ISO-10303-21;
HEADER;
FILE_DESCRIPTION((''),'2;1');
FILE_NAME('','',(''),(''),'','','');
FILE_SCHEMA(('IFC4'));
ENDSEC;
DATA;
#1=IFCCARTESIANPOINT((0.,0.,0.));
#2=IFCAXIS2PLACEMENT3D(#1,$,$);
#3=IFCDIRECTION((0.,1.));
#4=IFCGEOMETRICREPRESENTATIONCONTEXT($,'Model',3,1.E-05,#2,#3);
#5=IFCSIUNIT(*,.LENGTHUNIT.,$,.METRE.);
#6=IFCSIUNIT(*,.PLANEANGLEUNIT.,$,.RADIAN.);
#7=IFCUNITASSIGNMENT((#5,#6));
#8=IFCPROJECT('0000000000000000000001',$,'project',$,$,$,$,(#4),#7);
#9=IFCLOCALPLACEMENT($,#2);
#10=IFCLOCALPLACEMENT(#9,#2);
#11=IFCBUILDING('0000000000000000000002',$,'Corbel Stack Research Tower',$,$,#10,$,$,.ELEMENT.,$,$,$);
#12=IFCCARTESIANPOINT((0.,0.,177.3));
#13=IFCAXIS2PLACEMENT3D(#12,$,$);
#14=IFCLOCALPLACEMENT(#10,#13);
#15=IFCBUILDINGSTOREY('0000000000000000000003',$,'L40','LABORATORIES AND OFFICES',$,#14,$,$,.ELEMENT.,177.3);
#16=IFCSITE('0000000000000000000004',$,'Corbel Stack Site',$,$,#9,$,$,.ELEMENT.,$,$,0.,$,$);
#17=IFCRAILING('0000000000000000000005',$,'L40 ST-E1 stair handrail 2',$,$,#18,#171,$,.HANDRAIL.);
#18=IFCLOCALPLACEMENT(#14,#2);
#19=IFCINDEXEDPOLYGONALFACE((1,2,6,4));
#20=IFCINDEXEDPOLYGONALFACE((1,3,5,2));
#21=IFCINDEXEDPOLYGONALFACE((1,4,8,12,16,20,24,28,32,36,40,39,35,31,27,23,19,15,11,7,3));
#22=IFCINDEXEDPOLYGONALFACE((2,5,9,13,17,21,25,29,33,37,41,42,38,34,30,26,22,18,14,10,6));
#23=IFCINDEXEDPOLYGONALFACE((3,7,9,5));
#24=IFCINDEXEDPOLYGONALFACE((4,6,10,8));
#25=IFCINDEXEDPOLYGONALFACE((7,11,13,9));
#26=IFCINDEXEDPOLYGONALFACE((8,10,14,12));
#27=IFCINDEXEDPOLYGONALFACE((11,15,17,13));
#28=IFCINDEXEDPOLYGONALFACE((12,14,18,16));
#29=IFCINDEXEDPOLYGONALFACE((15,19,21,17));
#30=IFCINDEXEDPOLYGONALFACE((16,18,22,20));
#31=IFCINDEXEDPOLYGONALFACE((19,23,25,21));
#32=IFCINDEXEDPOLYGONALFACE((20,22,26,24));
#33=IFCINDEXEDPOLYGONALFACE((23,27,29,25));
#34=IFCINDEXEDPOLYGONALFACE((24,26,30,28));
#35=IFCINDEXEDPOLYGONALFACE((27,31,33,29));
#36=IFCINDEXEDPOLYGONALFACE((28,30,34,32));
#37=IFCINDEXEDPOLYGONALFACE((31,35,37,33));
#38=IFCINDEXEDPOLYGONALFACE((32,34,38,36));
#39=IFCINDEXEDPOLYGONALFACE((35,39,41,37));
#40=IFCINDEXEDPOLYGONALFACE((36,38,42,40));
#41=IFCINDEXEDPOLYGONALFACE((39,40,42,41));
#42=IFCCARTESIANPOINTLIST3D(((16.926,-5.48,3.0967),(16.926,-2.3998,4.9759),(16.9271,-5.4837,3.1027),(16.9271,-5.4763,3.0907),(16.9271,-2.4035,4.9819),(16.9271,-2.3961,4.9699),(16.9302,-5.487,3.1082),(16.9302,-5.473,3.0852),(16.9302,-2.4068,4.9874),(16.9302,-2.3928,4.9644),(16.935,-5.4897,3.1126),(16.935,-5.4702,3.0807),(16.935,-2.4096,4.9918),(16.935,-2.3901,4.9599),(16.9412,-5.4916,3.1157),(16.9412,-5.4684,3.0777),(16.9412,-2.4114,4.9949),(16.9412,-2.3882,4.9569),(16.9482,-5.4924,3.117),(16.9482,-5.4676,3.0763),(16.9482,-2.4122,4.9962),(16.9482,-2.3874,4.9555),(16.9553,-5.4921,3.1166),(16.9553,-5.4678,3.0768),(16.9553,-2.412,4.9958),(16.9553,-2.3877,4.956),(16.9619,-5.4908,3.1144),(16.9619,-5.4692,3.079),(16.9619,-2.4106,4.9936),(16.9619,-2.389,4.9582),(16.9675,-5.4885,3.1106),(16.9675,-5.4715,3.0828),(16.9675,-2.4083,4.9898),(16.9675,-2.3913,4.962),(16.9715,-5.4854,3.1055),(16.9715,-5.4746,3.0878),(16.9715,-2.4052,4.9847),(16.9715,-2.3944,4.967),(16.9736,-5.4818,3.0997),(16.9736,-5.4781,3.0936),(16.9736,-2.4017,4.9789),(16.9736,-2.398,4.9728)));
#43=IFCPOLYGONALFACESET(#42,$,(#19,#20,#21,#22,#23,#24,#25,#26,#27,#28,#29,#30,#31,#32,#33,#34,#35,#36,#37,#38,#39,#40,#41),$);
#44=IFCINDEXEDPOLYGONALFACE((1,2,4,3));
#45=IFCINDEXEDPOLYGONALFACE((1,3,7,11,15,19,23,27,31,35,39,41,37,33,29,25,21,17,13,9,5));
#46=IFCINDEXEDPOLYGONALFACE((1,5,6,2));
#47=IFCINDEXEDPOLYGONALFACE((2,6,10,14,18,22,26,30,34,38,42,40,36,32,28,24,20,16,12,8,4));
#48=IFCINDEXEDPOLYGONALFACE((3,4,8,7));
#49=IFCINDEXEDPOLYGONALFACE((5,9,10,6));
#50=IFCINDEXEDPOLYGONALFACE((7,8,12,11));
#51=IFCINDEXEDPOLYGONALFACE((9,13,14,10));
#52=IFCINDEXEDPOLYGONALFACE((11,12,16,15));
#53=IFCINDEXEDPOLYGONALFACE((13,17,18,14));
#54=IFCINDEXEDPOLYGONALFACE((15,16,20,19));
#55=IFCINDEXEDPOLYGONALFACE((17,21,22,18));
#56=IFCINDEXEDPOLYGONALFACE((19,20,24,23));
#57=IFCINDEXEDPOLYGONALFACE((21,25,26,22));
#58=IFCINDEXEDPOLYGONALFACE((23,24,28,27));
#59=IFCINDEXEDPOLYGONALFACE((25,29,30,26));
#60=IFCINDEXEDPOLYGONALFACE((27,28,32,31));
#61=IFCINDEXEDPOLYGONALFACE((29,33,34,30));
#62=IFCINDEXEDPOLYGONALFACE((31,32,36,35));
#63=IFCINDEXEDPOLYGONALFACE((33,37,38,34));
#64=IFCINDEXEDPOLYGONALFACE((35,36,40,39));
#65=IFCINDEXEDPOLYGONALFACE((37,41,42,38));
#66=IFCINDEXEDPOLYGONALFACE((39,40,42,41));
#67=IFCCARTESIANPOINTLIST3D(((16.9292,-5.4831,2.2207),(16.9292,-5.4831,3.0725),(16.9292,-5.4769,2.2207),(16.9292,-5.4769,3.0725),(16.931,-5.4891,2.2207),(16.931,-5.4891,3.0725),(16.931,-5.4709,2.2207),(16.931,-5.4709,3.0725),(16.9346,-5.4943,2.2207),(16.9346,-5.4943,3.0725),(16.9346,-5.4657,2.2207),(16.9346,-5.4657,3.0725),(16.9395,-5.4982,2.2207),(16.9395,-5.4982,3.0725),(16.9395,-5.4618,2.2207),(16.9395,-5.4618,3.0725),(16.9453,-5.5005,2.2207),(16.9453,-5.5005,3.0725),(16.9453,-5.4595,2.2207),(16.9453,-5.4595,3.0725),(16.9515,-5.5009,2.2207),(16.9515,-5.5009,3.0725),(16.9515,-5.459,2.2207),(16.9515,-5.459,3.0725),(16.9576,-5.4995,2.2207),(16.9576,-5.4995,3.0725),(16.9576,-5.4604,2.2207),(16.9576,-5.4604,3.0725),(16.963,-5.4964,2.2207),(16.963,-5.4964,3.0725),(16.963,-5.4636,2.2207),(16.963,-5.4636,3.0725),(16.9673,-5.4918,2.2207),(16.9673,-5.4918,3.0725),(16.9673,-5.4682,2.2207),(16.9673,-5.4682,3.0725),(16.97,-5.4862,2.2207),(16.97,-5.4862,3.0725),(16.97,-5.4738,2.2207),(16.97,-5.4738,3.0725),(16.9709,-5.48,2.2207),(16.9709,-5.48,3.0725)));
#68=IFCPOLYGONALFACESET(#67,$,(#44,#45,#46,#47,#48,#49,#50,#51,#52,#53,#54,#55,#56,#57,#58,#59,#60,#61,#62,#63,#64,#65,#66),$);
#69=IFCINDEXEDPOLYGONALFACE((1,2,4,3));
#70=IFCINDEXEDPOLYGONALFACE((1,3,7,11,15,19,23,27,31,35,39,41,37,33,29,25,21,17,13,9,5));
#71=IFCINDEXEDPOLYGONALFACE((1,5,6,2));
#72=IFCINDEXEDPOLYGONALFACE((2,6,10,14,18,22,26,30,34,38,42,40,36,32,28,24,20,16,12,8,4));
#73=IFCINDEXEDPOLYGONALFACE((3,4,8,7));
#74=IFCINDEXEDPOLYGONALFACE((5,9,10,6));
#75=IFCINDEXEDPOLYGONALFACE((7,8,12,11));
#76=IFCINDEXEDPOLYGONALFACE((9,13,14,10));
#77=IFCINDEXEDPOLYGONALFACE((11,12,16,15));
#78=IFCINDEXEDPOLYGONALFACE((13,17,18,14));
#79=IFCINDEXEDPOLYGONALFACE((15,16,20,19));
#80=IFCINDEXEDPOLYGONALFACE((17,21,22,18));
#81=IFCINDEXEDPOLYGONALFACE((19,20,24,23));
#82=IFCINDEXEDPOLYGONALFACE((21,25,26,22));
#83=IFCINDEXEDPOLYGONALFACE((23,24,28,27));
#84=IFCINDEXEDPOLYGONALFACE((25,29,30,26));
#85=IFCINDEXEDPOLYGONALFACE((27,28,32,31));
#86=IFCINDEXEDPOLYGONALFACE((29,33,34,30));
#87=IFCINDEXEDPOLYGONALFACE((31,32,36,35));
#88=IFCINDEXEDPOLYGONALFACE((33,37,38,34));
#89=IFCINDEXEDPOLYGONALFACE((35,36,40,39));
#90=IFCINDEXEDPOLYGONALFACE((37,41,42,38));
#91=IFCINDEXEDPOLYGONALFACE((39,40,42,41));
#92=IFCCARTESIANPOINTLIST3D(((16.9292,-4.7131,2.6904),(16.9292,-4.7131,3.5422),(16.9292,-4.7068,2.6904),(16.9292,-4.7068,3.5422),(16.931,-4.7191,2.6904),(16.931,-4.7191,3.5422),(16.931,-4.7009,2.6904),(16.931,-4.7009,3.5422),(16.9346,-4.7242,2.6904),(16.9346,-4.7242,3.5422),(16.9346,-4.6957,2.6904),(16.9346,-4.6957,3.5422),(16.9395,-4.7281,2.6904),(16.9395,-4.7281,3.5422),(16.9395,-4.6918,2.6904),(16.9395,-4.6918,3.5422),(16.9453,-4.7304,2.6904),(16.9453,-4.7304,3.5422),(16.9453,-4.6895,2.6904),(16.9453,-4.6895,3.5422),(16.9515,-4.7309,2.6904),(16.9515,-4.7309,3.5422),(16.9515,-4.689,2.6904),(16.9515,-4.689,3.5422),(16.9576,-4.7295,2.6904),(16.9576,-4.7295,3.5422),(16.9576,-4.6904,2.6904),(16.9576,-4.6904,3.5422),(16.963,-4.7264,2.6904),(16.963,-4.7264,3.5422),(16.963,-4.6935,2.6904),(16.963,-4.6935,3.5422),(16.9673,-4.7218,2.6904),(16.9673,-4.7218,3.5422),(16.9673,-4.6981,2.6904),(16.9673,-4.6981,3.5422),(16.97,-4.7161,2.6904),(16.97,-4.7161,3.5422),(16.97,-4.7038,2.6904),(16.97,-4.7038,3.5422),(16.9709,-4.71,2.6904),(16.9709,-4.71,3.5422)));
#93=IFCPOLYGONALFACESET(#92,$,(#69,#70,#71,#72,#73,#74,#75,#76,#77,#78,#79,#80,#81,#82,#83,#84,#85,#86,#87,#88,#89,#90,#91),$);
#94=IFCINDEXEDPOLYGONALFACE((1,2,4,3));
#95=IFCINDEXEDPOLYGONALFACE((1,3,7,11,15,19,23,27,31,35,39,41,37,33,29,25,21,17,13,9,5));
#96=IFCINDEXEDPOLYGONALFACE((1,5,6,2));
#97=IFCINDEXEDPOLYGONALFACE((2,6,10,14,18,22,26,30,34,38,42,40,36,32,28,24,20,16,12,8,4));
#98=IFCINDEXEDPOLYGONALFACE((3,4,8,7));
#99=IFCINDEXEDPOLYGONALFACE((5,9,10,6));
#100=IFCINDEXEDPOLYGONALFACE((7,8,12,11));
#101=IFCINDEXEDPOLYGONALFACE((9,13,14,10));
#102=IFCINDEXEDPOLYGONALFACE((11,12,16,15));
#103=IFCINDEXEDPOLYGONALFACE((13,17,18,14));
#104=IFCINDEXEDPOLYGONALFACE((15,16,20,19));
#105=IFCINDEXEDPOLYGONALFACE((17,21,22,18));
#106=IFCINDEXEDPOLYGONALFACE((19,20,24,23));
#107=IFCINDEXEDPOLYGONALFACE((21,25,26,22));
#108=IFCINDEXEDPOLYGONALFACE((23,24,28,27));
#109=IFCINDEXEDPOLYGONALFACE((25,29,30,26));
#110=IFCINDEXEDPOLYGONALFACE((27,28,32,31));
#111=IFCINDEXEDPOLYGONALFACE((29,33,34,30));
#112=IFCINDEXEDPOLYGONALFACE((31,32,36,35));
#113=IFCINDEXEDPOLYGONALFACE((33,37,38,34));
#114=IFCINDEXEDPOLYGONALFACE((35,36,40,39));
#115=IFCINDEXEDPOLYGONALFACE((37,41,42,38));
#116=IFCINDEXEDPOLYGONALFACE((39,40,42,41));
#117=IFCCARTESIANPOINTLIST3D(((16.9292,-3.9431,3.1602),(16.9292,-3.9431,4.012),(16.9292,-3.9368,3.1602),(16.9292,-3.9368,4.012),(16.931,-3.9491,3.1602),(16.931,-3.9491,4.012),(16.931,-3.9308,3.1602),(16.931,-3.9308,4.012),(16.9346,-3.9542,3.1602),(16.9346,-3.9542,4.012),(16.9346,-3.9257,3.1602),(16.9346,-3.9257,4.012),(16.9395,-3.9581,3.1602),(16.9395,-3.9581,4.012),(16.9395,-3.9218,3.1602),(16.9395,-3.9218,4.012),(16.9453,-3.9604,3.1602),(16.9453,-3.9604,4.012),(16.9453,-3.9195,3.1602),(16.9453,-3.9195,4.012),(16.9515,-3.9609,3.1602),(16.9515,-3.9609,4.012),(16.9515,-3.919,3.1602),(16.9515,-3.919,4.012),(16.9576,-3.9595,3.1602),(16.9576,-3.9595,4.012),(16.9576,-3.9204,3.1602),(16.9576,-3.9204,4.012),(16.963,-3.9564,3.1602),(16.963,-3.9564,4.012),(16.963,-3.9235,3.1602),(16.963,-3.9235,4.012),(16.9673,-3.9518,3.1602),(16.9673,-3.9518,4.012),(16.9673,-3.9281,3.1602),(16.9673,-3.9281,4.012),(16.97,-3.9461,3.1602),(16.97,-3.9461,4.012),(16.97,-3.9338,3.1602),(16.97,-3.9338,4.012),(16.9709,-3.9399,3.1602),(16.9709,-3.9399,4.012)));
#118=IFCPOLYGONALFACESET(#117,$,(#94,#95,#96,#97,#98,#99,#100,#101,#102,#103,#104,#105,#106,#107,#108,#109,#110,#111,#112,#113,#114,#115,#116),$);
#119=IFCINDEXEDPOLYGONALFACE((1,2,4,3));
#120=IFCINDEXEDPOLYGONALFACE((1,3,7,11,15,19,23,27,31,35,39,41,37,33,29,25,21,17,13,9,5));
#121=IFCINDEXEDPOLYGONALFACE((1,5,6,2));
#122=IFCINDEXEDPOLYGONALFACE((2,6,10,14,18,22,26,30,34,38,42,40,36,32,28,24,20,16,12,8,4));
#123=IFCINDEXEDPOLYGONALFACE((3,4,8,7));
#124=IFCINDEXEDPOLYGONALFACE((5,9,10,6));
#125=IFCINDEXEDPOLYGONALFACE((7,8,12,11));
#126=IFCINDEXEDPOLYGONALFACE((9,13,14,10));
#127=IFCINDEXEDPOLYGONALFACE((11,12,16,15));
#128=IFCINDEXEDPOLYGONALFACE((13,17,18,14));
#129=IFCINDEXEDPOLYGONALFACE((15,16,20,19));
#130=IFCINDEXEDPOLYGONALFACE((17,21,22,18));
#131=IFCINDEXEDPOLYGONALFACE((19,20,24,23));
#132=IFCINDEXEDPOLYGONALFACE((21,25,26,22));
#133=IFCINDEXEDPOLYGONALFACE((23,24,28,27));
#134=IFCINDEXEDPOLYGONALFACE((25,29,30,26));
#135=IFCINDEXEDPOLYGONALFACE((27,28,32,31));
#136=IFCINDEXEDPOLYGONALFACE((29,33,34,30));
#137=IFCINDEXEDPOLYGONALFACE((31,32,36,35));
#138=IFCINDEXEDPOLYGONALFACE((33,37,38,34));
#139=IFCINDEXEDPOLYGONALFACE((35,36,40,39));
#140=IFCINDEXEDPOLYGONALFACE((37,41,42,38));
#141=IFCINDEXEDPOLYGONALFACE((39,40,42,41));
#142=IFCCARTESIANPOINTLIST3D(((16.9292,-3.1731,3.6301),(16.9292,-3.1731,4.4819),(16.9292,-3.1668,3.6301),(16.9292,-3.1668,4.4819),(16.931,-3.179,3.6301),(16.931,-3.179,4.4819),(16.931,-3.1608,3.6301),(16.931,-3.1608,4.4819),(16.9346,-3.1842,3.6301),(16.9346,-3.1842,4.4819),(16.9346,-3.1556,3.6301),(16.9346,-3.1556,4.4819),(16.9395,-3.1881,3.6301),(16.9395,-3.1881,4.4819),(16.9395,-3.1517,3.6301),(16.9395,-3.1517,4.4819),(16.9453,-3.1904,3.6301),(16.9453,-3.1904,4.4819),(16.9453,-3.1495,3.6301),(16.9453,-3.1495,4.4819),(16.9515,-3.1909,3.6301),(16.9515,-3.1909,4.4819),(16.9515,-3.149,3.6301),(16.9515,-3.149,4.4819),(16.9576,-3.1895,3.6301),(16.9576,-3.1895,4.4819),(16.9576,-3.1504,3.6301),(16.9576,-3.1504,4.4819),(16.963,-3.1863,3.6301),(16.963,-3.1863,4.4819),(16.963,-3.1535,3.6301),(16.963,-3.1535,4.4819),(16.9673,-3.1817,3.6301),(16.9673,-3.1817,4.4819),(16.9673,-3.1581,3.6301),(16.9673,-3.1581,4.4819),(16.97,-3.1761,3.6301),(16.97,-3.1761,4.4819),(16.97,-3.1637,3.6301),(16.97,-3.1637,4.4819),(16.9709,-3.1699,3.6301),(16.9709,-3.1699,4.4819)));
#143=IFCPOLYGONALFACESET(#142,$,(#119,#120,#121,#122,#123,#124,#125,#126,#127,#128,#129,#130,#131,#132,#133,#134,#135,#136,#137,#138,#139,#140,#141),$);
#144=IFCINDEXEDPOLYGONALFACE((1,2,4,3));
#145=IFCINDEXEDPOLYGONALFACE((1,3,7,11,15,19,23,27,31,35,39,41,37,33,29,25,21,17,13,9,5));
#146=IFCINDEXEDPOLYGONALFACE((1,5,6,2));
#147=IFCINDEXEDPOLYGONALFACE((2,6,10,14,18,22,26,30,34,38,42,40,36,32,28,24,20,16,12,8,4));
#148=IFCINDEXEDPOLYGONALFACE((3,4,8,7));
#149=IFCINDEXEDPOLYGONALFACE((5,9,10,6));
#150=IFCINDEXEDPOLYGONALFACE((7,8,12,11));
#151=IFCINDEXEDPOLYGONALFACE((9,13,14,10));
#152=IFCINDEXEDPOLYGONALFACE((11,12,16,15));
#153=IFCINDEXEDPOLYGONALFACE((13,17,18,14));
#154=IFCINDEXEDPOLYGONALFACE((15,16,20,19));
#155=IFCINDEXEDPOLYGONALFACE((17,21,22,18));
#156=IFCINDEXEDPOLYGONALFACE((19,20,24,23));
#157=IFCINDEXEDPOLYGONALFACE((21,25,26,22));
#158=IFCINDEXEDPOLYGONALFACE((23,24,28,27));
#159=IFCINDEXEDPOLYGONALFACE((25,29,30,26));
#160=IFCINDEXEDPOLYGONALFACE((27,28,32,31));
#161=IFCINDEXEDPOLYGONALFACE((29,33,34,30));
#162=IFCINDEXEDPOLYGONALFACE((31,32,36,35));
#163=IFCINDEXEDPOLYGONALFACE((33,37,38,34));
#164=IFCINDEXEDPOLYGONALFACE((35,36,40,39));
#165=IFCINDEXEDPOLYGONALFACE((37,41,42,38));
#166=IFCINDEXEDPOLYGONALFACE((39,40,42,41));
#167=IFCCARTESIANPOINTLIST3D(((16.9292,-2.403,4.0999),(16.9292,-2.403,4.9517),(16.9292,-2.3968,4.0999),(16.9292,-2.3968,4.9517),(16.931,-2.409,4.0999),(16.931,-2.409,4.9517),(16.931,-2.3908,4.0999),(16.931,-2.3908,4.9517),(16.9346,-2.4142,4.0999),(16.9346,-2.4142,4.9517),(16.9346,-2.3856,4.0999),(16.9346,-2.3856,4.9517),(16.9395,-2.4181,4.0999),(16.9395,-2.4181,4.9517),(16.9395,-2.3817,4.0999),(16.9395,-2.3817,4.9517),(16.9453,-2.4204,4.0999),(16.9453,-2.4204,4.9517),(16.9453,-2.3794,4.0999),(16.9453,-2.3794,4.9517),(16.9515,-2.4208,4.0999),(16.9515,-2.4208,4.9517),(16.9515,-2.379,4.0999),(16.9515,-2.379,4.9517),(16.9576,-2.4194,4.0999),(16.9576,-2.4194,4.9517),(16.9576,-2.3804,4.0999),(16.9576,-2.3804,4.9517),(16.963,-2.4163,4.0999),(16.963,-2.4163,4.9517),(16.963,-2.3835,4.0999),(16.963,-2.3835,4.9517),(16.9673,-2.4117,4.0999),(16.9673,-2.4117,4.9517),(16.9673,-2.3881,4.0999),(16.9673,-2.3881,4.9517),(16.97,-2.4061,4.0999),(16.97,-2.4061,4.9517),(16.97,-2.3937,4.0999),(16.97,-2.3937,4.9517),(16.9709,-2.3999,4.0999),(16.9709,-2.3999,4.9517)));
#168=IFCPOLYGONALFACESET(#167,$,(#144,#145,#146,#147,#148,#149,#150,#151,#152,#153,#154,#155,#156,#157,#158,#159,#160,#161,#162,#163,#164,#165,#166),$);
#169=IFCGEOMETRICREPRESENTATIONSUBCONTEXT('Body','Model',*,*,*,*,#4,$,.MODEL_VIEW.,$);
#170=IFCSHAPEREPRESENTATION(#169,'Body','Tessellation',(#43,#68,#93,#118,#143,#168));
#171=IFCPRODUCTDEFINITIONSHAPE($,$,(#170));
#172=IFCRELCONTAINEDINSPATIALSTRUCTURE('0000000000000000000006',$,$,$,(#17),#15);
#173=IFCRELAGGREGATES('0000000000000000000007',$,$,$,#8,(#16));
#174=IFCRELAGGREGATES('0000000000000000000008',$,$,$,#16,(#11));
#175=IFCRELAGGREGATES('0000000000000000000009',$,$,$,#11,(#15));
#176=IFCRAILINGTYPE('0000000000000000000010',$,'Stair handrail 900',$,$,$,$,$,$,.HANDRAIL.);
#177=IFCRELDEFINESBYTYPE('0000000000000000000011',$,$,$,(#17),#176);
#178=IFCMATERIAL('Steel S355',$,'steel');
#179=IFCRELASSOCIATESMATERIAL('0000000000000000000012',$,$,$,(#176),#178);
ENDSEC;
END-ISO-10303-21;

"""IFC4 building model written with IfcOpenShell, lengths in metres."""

from ifc_helpers import new_model, si_unit, direction, frame, origin, origin_2d, place, context, subcontext, project, spatial, circle, extrude, material, type_object, element, save


model = new_model("IFC4")

# Units and contexts
model_context = context("Model", 3, precision=1e-05, world=origin(), true_north=direction((0.0, 1.0)))
body_context = subcontext(model_context, "Body", "Model", "MODEL_VIEW")
ifc_project = project(units=[si_unit("LENGTHUNIT", "METRE"), si_unit("PLANEANGLEUNIT", "RADIAN")], contexts=[model_context])

# Site, building, storey
site_placement = place(None, origin())
site = spatial("IfcSite", under=ifc_project, at=site_placement, Name="Corbel Stack Site", CompositionType="ELEMENT", RefElevation=0.0)
building_placement = place(site_placement, origin())
building = spatial("IfcBuilding", under=site, at=building_placement, Name="Corbel Stack Research Tower", CompositionType="ELEMENT")
storey_placement = place(building_placement, frame((0.0, 0.0, 177.3)))
storey = spatial("IfcBuildingStorey", under=building, at=storey_placement, Name="L40", Description="LABORATORIES AND OFFICES", CompositionType="ELEMENT", Elevation=177.3)

# Railing
ifc_material_1 = material(Name="Steel S355", Category="steel")
railing_type_1 = type_object("IfcRailingType", Name="Stair handrail 900", PredefinedType="HANDRAIL", material=ifc_material_1)
railing_1_placement = place(storey_placement, frame((16.95, -5.48, 2.2207)))
element("IfcRailing", 1, at=railing_1_placement, inside=storey, type_object=railing_type_1, Name="L40 ST-E1 stair handrail 2", PredefinedType="HANDRAIL", context=body_context, shape_type="SweptSolid", body=[
    extrude(circle(Radius=0.0239, at=origin_2d()), frame((0.0, 0.0, 0.876), z_axis=(0.0, 0.853666, 0.52082), x_axis=(-1.0, 0.0, 0.0)), (0.0, 0.0, 1.0), 3.6082),
    extrude(circle(Radius=0.021, at=origin_2d()), origin(), (0.0, 0.0, 1.0), 0.8518),
    extrude(circle(Radius=0.021, at=origin_2d()), frame((0.0, 0.77, 0.4697)), (0.0, 0.0, 1.0), 0.8518),
    extrude(circle(Radius=0.021, at=origin_2d()), frame((0.0, 1.54, 0.9395)), (0.0, 0.0, 1.0), 0.8518),
    extrude(circle(Radius=0.021, at=origin_2d()), frame((0.0, 2.3101, 1.4094)), (0.0, 0.0, 1.0), 0.8518),
    extrude(circle(Radius=0.021, at=origin_2d()), frame((0.0, 3.0801, 1.8792)), (0.0, 0.0, 1.0), 0.8518),
])

save(model, "model.ifc")
